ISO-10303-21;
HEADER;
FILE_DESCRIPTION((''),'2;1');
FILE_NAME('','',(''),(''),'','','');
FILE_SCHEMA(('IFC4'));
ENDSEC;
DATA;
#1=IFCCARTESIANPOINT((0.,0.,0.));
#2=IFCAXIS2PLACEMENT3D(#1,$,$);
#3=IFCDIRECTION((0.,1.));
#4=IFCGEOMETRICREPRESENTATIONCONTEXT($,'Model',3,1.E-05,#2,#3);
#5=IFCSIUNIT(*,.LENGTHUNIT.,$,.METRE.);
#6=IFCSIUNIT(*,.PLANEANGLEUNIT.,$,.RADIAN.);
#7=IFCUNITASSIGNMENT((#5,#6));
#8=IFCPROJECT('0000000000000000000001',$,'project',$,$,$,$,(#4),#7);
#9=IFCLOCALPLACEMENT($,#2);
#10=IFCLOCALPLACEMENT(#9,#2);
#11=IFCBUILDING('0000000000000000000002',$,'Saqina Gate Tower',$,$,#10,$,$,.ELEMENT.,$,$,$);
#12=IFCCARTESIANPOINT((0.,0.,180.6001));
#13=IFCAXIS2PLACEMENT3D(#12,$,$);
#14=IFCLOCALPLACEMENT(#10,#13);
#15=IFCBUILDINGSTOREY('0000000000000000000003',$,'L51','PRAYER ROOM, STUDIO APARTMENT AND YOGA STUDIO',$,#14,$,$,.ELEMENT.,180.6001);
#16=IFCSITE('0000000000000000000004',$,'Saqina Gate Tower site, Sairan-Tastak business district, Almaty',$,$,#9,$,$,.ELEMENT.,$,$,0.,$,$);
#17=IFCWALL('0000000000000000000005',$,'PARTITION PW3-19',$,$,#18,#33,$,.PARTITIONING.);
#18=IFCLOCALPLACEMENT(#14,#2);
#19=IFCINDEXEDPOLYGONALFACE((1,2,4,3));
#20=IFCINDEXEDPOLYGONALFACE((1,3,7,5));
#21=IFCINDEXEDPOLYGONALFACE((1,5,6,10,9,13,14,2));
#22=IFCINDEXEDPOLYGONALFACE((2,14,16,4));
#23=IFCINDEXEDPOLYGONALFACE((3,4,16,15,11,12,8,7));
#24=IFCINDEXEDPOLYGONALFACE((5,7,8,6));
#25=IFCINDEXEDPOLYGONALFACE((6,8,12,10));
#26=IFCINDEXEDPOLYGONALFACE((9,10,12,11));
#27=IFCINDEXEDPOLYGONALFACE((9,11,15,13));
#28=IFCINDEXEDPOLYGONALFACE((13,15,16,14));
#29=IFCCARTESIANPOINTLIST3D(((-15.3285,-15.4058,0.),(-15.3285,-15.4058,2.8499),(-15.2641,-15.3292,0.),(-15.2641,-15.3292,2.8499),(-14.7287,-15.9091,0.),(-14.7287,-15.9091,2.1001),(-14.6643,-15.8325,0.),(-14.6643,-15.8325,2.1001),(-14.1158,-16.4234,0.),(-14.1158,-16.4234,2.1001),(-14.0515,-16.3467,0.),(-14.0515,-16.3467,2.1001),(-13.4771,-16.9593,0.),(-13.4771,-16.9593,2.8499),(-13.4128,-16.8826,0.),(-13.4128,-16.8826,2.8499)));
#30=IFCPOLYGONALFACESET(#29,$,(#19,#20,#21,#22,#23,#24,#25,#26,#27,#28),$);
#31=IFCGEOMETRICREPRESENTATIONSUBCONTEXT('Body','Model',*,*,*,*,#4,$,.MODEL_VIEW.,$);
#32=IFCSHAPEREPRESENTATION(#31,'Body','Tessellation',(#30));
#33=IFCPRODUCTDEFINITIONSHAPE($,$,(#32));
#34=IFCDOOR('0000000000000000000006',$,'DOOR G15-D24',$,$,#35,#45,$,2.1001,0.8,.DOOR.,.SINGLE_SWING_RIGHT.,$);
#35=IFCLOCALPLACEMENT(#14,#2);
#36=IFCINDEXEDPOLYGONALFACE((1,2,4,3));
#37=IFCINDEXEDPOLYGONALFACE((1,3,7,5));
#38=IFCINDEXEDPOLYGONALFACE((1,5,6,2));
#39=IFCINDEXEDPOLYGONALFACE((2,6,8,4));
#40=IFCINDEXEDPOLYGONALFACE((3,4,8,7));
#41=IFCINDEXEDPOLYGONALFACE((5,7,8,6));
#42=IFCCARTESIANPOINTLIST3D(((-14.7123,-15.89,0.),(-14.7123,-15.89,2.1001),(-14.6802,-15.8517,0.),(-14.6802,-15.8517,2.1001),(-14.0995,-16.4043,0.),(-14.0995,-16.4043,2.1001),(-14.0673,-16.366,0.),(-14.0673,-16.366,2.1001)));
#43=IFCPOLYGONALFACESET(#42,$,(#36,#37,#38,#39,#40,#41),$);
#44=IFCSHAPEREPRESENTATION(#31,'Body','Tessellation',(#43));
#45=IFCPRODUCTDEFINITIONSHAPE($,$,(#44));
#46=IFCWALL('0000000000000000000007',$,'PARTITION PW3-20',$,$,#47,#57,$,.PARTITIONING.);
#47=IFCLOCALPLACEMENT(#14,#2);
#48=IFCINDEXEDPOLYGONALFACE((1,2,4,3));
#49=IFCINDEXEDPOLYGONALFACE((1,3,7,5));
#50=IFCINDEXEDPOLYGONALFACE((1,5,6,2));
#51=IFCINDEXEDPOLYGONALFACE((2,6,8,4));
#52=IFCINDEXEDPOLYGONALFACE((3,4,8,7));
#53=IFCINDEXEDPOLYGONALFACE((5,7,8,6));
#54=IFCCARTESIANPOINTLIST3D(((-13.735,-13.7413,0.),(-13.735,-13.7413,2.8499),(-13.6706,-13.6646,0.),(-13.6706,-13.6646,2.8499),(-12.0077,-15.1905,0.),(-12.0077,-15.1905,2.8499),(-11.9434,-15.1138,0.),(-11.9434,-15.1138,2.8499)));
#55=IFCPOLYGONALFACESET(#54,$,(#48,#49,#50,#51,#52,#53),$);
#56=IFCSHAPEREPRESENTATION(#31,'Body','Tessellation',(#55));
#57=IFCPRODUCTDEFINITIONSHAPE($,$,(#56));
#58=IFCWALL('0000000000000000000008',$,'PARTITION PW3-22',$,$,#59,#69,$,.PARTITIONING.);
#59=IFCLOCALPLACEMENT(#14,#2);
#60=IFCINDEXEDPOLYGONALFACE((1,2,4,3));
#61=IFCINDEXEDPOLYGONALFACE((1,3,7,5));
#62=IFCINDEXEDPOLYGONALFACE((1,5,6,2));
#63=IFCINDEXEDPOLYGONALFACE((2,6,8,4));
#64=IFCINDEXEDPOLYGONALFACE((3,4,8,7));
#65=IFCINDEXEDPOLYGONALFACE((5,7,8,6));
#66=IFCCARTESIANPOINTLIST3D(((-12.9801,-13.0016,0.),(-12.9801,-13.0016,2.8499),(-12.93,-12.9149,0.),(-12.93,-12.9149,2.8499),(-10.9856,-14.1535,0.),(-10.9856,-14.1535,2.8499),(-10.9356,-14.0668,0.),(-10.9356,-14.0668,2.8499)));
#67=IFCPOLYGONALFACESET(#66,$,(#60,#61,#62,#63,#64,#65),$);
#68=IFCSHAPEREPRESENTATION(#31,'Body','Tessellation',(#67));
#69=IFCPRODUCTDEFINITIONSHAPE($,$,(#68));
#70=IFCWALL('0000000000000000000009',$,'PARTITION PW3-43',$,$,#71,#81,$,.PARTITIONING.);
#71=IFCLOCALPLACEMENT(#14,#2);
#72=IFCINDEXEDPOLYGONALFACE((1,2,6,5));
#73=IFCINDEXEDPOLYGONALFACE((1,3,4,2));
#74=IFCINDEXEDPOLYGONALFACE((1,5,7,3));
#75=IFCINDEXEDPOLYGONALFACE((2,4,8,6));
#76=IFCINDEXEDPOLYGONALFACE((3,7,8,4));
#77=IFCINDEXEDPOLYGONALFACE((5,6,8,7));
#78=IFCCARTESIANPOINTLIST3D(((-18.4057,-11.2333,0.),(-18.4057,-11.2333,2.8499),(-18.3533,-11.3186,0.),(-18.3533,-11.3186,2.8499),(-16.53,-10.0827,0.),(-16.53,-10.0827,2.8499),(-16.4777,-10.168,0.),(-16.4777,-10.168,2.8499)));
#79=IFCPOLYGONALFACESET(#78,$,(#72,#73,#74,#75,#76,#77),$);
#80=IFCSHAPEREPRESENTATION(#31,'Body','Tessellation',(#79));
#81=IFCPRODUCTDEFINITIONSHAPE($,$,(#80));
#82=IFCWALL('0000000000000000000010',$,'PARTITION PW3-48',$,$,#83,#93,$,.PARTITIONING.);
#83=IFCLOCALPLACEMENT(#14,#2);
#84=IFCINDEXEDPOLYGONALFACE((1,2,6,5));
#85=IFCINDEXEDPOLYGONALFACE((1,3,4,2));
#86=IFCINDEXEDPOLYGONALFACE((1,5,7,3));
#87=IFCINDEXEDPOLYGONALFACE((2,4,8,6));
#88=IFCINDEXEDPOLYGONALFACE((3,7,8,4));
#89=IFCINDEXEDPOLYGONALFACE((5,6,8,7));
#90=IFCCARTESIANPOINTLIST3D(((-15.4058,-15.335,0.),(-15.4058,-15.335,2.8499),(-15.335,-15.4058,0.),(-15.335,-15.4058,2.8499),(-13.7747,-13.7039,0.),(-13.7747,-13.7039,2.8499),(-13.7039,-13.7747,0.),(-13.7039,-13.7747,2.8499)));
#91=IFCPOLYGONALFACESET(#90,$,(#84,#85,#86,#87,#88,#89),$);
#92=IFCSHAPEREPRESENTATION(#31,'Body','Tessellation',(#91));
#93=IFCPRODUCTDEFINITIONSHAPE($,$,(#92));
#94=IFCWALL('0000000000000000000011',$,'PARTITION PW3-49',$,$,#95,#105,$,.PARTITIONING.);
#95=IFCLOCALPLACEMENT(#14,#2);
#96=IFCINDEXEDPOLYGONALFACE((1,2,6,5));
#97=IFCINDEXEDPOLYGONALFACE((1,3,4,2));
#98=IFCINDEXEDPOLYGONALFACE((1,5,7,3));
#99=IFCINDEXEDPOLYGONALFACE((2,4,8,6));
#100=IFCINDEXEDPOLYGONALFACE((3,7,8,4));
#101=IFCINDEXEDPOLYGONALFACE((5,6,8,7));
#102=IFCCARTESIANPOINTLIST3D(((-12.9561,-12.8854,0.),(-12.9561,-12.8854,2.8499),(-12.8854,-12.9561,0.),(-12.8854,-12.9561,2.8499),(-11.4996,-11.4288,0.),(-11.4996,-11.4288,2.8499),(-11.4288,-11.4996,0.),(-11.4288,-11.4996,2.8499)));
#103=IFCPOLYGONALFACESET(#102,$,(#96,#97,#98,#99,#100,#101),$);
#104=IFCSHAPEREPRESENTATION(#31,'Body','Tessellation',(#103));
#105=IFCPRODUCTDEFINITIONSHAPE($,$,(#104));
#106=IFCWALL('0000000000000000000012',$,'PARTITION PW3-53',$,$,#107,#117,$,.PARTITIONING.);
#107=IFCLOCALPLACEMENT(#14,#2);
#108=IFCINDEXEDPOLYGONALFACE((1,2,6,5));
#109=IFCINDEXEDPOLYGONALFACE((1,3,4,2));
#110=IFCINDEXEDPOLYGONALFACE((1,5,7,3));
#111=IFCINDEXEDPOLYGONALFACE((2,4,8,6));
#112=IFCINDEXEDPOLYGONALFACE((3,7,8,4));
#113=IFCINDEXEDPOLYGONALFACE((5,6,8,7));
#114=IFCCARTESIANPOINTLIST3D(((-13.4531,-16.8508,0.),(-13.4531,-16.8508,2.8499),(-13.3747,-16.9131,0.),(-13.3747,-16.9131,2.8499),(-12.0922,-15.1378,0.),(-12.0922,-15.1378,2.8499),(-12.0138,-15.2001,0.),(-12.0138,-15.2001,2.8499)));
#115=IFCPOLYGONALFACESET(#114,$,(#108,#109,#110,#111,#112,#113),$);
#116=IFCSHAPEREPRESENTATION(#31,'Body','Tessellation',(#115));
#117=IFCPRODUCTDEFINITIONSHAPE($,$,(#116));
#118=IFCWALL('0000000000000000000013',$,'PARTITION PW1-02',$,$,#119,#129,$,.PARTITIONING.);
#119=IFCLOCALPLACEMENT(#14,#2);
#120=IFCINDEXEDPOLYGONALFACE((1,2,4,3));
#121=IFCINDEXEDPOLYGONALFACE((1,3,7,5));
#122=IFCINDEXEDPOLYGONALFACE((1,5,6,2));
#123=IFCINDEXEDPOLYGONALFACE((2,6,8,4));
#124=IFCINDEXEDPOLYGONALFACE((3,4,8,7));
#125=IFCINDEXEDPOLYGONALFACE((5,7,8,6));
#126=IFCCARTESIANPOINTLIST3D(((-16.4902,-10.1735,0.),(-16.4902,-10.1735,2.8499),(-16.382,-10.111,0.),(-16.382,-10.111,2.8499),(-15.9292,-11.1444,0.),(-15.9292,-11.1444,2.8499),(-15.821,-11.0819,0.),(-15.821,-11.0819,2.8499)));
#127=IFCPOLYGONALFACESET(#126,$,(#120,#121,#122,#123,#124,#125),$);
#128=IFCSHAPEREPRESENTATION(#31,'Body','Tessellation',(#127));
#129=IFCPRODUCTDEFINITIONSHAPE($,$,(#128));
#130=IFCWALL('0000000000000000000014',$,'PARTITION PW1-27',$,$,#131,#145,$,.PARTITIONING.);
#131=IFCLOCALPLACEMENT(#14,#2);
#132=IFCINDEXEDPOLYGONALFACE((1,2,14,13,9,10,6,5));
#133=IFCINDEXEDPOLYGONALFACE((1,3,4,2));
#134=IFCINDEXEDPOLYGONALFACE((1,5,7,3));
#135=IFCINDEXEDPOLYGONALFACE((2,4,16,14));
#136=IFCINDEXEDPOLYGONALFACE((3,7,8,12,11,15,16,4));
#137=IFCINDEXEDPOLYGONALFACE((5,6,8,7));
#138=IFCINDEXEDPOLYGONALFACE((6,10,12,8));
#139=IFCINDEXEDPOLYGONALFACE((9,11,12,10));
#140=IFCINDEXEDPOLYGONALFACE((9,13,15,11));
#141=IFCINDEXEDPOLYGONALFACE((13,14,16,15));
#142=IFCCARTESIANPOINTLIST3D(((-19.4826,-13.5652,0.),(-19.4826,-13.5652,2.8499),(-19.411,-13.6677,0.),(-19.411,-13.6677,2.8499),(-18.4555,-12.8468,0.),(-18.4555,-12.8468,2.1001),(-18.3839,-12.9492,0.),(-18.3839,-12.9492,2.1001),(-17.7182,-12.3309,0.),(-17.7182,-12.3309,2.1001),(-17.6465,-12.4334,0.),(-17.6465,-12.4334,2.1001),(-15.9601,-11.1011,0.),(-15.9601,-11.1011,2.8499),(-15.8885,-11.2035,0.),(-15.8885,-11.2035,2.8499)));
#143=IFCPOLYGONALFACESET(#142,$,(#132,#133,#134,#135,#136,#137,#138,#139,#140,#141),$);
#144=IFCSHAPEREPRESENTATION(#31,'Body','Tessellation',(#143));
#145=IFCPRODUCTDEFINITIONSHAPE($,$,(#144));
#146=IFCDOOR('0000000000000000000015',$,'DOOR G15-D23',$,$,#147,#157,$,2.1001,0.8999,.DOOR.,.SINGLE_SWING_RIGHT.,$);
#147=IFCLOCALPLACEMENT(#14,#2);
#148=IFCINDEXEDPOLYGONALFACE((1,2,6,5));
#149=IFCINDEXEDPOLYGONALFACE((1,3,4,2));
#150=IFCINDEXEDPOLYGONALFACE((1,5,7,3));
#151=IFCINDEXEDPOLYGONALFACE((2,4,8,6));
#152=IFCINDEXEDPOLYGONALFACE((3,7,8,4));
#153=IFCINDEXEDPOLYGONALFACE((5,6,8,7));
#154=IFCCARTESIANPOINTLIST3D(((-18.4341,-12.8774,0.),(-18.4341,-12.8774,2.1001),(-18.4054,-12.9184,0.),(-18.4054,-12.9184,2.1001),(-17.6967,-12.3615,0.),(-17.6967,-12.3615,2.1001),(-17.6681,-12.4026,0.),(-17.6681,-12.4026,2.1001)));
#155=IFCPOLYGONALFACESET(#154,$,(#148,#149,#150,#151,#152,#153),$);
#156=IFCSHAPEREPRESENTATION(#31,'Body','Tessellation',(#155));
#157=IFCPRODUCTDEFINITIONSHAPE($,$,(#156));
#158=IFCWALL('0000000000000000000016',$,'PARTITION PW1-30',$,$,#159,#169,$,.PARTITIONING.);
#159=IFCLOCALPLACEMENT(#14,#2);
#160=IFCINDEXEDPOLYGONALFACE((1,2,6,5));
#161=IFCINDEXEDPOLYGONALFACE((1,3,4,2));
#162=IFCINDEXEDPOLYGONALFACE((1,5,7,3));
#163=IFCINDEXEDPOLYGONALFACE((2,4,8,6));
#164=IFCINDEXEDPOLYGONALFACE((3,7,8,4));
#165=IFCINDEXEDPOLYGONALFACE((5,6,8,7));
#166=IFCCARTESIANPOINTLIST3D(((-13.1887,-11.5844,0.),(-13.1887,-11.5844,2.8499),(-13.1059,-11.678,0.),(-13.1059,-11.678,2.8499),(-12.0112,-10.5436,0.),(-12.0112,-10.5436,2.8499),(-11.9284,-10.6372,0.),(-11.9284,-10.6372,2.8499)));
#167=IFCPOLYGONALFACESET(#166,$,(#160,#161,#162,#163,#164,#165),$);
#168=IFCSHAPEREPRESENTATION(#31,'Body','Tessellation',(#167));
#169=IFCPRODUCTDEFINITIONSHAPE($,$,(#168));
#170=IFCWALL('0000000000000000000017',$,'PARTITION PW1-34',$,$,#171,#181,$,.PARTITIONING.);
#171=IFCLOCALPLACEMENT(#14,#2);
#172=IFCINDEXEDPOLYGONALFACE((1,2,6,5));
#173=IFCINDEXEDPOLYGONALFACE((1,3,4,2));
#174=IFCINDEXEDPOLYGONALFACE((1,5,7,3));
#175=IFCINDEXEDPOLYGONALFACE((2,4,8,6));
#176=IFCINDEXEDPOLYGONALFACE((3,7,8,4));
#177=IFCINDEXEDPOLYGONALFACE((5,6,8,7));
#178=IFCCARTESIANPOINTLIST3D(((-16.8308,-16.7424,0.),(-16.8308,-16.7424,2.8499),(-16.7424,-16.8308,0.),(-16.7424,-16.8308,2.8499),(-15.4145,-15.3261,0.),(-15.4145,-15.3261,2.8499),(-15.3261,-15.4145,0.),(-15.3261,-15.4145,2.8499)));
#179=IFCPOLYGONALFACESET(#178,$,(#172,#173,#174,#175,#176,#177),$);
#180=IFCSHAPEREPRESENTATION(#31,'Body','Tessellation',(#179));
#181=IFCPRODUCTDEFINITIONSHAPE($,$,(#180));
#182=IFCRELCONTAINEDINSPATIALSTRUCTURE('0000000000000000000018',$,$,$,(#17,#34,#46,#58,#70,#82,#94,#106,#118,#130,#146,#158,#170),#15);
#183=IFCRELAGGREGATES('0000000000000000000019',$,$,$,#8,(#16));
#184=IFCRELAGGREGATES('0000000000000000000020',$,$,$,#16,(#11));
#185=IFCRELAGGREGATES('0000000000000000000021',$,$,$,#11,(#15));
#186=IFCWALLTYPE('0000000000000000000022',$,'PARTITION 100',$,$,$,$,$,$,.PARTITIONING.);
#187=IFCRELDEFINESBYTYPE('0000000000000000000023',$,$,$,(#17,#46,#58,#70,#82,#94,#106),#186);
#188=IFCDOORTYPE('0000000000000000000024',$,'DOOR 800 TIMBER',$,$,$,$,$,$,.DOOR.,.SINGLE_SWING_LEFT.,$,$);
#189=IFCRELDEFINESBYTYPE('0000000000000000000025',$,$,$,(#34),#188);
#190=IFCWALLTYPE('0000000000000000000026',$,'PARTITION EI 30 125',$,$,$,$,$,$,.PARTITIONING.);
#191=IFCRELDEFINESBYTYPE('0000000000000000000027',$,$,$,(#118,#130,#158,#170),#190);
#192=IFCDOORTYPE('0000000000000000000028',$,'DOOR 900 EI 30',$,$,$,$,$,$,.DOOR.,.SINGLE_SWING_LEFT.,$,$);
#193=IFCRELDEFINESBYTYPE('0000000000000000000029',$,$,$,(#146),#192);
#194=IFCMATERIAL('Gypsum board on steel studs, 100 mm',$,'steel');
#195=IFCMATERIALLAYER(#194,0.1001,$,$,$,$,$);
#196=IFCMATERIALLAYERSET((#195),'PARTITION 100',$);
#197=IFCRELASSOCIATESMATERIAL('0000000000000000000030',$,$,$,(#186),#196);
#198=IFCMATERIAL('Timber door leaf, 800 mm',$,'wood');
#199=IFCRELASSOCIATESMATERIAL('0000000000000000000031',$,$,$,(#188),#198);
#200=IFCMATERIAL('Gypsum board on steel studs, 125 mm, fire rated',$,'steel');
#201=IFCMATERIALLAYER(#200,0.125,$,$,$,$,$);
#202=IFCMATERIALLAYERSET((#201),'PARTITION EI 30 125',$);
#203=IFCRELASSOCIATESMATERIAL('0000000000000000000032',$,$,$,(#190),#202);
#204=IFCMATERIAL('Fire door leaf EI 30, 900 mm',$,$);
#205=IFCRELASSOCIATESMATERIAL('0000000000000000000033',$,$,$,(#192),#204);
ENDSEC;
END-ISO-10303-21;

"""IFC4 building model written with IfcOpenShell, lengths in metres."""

from ifc_helpers import new_model, si_unit, direction, frame, frame_2d, origin, place, context, subcontext, project, spatial, rectangle, extrude, material, layer, layer_set, type_object, element, fill, save


model = new_model("IFC4")

# Units and contexts
model_context = context("Model", 3, precision=1e-05, world=origin(), true_north=direction((0.0, 1.0)))
body_context = subcontext(model_context, "Body", "Model", "MODEL_VIEW")
ifc_project = project(units=[si_unit("LENGTHUNIT", "METRE"), si_unit("PLANEANGLEUNIT", "RADIAN")], contexts=[model_context])

# Site, building, storey
site_placement = place(None, origin())
site = spatial("IfcSite", under=ifc_project, at=site_placement, Name="Saqina Gate Tower site, Sairan-Tastak business district, Almaty", CompositionType="ELEMENT", RefElevation=0.0)
building_placement = place(site_placement, origin())
building = spatial("IfcBuilding", under=site, at=building_placement, Name="Saqina Gate Tower", CompositionType="ELEMENT")
storey_placement = place(building_placement, frame((0.0, 0.0, 180.6001)))
storey = spatial("IfcBuildingStorey", under=building, at=storey_placement, Name="L51", Description="PRAYER ROOM, STUDIO APARTMENT AND YOGA STUDIO", CompositionType="ELEMENT", Elevation=180.6001)

# Wall, opening, door
ifc_material_1 = material(Name="Gypsum board on steel studs, 100 mm", Category="steel")
ifc_layer_1 = layer(ifc_material_1, 0.1001)
ifc_layer_set_1 = layer_set([ifc_layer_1], Name="PARTITION 100")
wall_type_1 = type_object("IfcWallType", Name="PARTITION 100", PredefinedType="PARTITIONING", material=ifc_layer_set_1)
wall_1_placement = place(storey_placement, frame((-15.2964, -15.3674, 0.0), z_axis=(0.0, 0.0, 1.0), x_axis=(0.766039, -0.642794, 0.0)))
wall_1 = element("IfcWall", 1, at=wall_1_placement, inside=storey, type_object=wall_type_1, Name="PARTITION PW3-19", PredefinedType="PARTITIONING", context=body_context, shape_type="SweptSolid", body=[
    extrude(rectangle(XDim=2.4167, YDim=0.1001, at=frame_2d((1.2085, 0.0))), origin(), (0.0, 0.0, 1.0), 2.8499),
])
opening_1_placement = place(wall_1_placement, frame((0.7832, 0.0, 0.0)))
opening_1 = element("IfcOpeningElement", 2, at=opening_1_placement, cuts=wall_1, PredefinedType="OPENING", context=body_context, shape_type="SweptSolid", body=[
    extrude(rectangle(XDim=0.8, YDim=2.1001, at=frame_2d((0.3999, 1.05))), frame((0.0, 0.062, 0.0), z_axis=(0.0, -1.0, 0.0), x_axis=(1.0, 0.0, 0.0)), (0.0, 0.0, 1.0), 0.124),
])
ifc_material_2 = material(Name="Timber door leaf, 800 mm", Category="wood")
door_type_1 = type_object("IfcDoorType", Name="DOOR 800 TIMBER", OperationType="SINGLE_SWING_LEFT", PredefinedType="DOOR", material=ifc_material_2)
door_1_placement = place(opening_1_placement, frame((0.8, 0.0, 0.0), z_axis=(0.0, 0.0, 1.0), x_axis=(-1.0, 0.0, 0.0)))
door_1 = element("IfcDoor", 3, at=door_1_placement, inside=storey, type_object=door_type_1, Name="DOOR G15-D24", OperationType="SINGLE_SWING_RIGHT", OverallHeight=2.1001, OverallWidth=0.8, PredefinedType="DOOR", context=body_context, shape_type="SweptSolid", body=[
    extrude(rectangle(XDim=0.8, YDim=2.1001, at=frame_2d((0.3999, 1.05))), frame((0.0, 0.0249, 0.0), z_axis=(0.0, -1.0, 0.0), x_axis=(1.0, 0.0, 0.0)), (0.0, 0.0, 1.0), 0.05),
])
fill(opening_1, door_1)

# Walls
wall_2_placement = place(storey_placement, frame((-13.7029, -13.7029, 0.0), z_axis=(0.0, 0.0, 1.0), x_axis=(0.766078, -0.642748, 0.0)))
element("IfcWall", 4, at=wall_2_placement, inside=storey, type_object=wall_type_1, Name="PARTITION PW3-20", PredefinedType="PARTITIONING", context=body_context, shape_type="SweptSolid", body=[
    extrude(rectangle(XDim=2.2546, YDim=0.1001, at=frame_2d((1.1274, 0.0))), origin(), (0.0, 0.0, 1.0), 2.8499),
])
wall_3_placement = place(storey_placement, frame((-12.9551, -12.9583, 0.0), z_axis=(0.0, 0.0, 1.0), x_axis=(0.865951, -0.500129, 0.0)))
element("IfcWall", 5, at=wall_3_placement, inside=storey, type_object=wall_type_1, Name="PARTITION PW3-22", PredefinedType="PARTITIONING", context=body_context, shape_type="SweptSolid", body=[
    extrude(rectangle(XDim=2.3032, YDim=0.1001, at=frame_2d((1.1516, 0.0))), origin(), (0.0, 0.0, 1.0), 2.8499),
])
wall_4_placement = place(storey_placement, frame((-18.3794, -11.2759, 0.0), z_axis=(0.0, 0.0, 1.0), x_axis=(0.8524, 0.52289, 0.0)))
element("IfcWall", 6, at=wall_4_placement, inside=storey, type_object=wall_type_1, Name="PARTITION PW3-43", PredefinedType="PARTITIONING", context=body_context, shape_type="SweptSolid", body=[
    extrude(rectangle(XDim=2.2004, YDim=0.1001, at=frame_2d((1.1001, 0.0))), origin(), (0.0, 0.0, 1.0), 2.8499),
])
wall_5_placement = place(storey_placement, frame((-15.3704, -15.3704, 0.0), z_axis=(0.0, 0.0, 1.0), x_axis=(0.707107, 0.707107, 0.0)))
element("IfcWall", 7, at=wall_5_placement, inside=storey, type_object=wall_type_1, Name="PARTITION PW3-48", PredefinedType="PARTITIONING", context=body_context, shape_type="SweptSolid", body=[
    extrude(rectangle(XDim=2.3066, YDim=0.1001, at=frame_2d((1.1533, 0.0))), origin(), (0.0, 0.0, 1.0), 2.8499),
])
wall_6_placement = place(storey_placement, frame((-12.9207, -12.9207, 0.0), z_axis=(0.0, 0.0, 1.0), x_axis=(0.707107, 0.707107, 0.0)))
element("IfcWall", 8, at=wall_6_placement, inside=storey, type_object=wall_type_1, Name="PARTITION PW3-49", PredefinedType="PARTITIONING", context=body_context, shape_type="SweptSolid", body=[
    extrude(rectangle(XDim=2.0598, YDim=0.1001, at=frame_2d((1.0298, 0.0))), origin(), (0.0, 0.0, 1.0), 2.8499),
])
wall_7_placement = place(storey_placement, frame((-13.4138, -16.8818, 0.0), z_axis=(0.0, 0.0, 1.0), x_axis=(0.622051, 0.782977, 0.0)))
element("IfcWall", 9, at=wall_7_placement, inside=storey, type_object=wall_type_1, Name="PARTITION PW3-53", PredefinedType="PARTITIONING", context=body_context, shape_type="SweptSolid", body=[
    extrude(rectangle(XDim=2.1877, YDim=0.1001, at=frame_2d((1.0938, 0.0))), origin(), (0.0, 0.0, 1.0), 2.8499),
])
ifc_material_3 = material(Name="Gypsum board on steel studs, 125 mm, fire rated", Category="steel")
ifc_layer_2 = layer(ifc_material_3, 0.125)
ifc_layer_set_2 = layer_set([ifc_layer_2], Name="PARTITION EI 30 125")
wall_type_2 = type_object("IfcWallType", Name="PARTITION EI 30 125", PredefinedType="PARTITIONING", material=ifc_layer_set_2)
wall_8_placement = place(storey_placement, frame((-16.436, -10.1423, 0.0), z_axis=(0.0, 0.0, 1.0), x_axis=(0.500307, -0.865848, 0.0)))
element("IfcWall", 10, at=wall_8_placement, inside=storey, type_object=wall_type_2, Name="PARTITION PW1-02", PredefinedType="PARTITIONING", context=body_context, shape_type="SweptSolid", body=[
    extrude(rectangle(XDim=1.1213, YDim=0.125, at=frame_2d((0.5605, 0.0))), origin(), (0.0, 0.0, 1.0), 2.8499),
])

# Wall, opening, door
wall_9_placement = place(storey_placement, frame((-19.4468, -13.6165, 0.0), z_axis=(0.0, 0.0, 1.0), x_axis=(0.819408, 0.573211, 0.0)))
wall_9 = element("IfcWall", 11, at=wall_9_placement, inside=storey, type_object=wall_type_2, Name="PARTITION PW1-27", PredefinedType="PARTITIONING", context=body_context, shape_type="SweptSolid", body=[
    extrude(rectangle(XDim=4.2988, YDim=0.125, at=frame_2d((2.1494, 0.0))), origin(), (0.0, 0.0, 1.0), 2.8499),
])
opening_2_placement = place(wall_9_placement, frame((1.2534, 0.0, 0.0)))
opening_2 = element("IfcOpeningElement", 12, at=opening_2_placement, cuts=wall_9, PredefinedType="OPENING", context=body_context, shape_type="SweptSolid", body=[
    extrude(rectangle(XDim=0.8999, YDim=2.1001, at=frame_2d((0.45, 1.05))), frame((0.0, 0.0745, 0.0), z_axis=(0.0, -1.0, 0.0), x_axis=(1.0, 0.0, 0.0)), (0.0, 0.0, 1.0), 0.1489),
])
ifc_material_4 = material(Name="Fire door leaf EI 30, 900 mm")
door_type_2 = type_object("IfcDoorType", Name="DOOR 900 EI 30", OperationType="SINGLE_SWING_LEFT", PredefinedType="DOOR", material=ifc_material_4)
door_2_placement = place(opening_2_placement, frame((0.8999, 0.0, 0.0), z_axis=(0.0, 0.0, 1.0), x_axis=(-1.0, 0.0, 0.0)))
door_2 = element("IfcDoor", 13, at=door_2_placement, inside=storey, type_object=door_type_2, Name="DOOR G15-D23", OperationType="SINGLE_SWING_RIGHT", OverallHeight=2.1001, OverallWidth=0.8999, PredefinedType="DOOR", context=body_context, shape_type="SweptSolid", body=[
    extrude(rectangle(XDim=0.8999, YDim=2.1001, at=frame_2d((0.45, 1.05))), frame((0.0, 0.0249, 0.0), z_axis=(0.0, -1.0, 0.0), x_axis=(1.0, 0.0, 0.0)), (0.0, 0.0, 1.0), 0.05),
])
fill(opening_2, door_2)

# Walls
wall_10_placement = place(storey_placement, frame((-13.1472, -11.6311, 0.0), z_axis=(0.0, 0.0, 1.0), x_axis=(0.749266, 0.662269, 0.0)))
element("IfcWall", 14, at=wall_10_placement, inside=storey, type_object=wall_type_2, Name="PARTITION PW1-30", PredefinedType="PARTITIONING", context=body_context, shape_type="SweptSolid", body=[
    extrude(rectangle(XDim=1.5715, YDim=0.125, at=frame_2d((0.7856, 0.0))), origin(), (0.0, 0.0, 1.0), 2.8499),
])
wall_11_placement = place(storey_placement, frame((-16.7866, -16.7866, 0.0), z_axis=(0.0, 0.0, 1.0), x_axis=(0.707107, 0.707107, 0.0)))
element("IfcWall", 15, at=wall_11_placement, inside=storey, type_object=wall_type_2, Name="PARTITION PW1-34", PredefinedType="PARTITIONING", context=body_context, shape_type="SweptSolid", body=[
    extrude(rectangle(XDim=2.0029, YDim=0.125, at=frame_2d((1.0015, 0.0))), origin(), (0.0, 0.0, 1.0), 2.8499),
])

save(model, "model.ifc")
